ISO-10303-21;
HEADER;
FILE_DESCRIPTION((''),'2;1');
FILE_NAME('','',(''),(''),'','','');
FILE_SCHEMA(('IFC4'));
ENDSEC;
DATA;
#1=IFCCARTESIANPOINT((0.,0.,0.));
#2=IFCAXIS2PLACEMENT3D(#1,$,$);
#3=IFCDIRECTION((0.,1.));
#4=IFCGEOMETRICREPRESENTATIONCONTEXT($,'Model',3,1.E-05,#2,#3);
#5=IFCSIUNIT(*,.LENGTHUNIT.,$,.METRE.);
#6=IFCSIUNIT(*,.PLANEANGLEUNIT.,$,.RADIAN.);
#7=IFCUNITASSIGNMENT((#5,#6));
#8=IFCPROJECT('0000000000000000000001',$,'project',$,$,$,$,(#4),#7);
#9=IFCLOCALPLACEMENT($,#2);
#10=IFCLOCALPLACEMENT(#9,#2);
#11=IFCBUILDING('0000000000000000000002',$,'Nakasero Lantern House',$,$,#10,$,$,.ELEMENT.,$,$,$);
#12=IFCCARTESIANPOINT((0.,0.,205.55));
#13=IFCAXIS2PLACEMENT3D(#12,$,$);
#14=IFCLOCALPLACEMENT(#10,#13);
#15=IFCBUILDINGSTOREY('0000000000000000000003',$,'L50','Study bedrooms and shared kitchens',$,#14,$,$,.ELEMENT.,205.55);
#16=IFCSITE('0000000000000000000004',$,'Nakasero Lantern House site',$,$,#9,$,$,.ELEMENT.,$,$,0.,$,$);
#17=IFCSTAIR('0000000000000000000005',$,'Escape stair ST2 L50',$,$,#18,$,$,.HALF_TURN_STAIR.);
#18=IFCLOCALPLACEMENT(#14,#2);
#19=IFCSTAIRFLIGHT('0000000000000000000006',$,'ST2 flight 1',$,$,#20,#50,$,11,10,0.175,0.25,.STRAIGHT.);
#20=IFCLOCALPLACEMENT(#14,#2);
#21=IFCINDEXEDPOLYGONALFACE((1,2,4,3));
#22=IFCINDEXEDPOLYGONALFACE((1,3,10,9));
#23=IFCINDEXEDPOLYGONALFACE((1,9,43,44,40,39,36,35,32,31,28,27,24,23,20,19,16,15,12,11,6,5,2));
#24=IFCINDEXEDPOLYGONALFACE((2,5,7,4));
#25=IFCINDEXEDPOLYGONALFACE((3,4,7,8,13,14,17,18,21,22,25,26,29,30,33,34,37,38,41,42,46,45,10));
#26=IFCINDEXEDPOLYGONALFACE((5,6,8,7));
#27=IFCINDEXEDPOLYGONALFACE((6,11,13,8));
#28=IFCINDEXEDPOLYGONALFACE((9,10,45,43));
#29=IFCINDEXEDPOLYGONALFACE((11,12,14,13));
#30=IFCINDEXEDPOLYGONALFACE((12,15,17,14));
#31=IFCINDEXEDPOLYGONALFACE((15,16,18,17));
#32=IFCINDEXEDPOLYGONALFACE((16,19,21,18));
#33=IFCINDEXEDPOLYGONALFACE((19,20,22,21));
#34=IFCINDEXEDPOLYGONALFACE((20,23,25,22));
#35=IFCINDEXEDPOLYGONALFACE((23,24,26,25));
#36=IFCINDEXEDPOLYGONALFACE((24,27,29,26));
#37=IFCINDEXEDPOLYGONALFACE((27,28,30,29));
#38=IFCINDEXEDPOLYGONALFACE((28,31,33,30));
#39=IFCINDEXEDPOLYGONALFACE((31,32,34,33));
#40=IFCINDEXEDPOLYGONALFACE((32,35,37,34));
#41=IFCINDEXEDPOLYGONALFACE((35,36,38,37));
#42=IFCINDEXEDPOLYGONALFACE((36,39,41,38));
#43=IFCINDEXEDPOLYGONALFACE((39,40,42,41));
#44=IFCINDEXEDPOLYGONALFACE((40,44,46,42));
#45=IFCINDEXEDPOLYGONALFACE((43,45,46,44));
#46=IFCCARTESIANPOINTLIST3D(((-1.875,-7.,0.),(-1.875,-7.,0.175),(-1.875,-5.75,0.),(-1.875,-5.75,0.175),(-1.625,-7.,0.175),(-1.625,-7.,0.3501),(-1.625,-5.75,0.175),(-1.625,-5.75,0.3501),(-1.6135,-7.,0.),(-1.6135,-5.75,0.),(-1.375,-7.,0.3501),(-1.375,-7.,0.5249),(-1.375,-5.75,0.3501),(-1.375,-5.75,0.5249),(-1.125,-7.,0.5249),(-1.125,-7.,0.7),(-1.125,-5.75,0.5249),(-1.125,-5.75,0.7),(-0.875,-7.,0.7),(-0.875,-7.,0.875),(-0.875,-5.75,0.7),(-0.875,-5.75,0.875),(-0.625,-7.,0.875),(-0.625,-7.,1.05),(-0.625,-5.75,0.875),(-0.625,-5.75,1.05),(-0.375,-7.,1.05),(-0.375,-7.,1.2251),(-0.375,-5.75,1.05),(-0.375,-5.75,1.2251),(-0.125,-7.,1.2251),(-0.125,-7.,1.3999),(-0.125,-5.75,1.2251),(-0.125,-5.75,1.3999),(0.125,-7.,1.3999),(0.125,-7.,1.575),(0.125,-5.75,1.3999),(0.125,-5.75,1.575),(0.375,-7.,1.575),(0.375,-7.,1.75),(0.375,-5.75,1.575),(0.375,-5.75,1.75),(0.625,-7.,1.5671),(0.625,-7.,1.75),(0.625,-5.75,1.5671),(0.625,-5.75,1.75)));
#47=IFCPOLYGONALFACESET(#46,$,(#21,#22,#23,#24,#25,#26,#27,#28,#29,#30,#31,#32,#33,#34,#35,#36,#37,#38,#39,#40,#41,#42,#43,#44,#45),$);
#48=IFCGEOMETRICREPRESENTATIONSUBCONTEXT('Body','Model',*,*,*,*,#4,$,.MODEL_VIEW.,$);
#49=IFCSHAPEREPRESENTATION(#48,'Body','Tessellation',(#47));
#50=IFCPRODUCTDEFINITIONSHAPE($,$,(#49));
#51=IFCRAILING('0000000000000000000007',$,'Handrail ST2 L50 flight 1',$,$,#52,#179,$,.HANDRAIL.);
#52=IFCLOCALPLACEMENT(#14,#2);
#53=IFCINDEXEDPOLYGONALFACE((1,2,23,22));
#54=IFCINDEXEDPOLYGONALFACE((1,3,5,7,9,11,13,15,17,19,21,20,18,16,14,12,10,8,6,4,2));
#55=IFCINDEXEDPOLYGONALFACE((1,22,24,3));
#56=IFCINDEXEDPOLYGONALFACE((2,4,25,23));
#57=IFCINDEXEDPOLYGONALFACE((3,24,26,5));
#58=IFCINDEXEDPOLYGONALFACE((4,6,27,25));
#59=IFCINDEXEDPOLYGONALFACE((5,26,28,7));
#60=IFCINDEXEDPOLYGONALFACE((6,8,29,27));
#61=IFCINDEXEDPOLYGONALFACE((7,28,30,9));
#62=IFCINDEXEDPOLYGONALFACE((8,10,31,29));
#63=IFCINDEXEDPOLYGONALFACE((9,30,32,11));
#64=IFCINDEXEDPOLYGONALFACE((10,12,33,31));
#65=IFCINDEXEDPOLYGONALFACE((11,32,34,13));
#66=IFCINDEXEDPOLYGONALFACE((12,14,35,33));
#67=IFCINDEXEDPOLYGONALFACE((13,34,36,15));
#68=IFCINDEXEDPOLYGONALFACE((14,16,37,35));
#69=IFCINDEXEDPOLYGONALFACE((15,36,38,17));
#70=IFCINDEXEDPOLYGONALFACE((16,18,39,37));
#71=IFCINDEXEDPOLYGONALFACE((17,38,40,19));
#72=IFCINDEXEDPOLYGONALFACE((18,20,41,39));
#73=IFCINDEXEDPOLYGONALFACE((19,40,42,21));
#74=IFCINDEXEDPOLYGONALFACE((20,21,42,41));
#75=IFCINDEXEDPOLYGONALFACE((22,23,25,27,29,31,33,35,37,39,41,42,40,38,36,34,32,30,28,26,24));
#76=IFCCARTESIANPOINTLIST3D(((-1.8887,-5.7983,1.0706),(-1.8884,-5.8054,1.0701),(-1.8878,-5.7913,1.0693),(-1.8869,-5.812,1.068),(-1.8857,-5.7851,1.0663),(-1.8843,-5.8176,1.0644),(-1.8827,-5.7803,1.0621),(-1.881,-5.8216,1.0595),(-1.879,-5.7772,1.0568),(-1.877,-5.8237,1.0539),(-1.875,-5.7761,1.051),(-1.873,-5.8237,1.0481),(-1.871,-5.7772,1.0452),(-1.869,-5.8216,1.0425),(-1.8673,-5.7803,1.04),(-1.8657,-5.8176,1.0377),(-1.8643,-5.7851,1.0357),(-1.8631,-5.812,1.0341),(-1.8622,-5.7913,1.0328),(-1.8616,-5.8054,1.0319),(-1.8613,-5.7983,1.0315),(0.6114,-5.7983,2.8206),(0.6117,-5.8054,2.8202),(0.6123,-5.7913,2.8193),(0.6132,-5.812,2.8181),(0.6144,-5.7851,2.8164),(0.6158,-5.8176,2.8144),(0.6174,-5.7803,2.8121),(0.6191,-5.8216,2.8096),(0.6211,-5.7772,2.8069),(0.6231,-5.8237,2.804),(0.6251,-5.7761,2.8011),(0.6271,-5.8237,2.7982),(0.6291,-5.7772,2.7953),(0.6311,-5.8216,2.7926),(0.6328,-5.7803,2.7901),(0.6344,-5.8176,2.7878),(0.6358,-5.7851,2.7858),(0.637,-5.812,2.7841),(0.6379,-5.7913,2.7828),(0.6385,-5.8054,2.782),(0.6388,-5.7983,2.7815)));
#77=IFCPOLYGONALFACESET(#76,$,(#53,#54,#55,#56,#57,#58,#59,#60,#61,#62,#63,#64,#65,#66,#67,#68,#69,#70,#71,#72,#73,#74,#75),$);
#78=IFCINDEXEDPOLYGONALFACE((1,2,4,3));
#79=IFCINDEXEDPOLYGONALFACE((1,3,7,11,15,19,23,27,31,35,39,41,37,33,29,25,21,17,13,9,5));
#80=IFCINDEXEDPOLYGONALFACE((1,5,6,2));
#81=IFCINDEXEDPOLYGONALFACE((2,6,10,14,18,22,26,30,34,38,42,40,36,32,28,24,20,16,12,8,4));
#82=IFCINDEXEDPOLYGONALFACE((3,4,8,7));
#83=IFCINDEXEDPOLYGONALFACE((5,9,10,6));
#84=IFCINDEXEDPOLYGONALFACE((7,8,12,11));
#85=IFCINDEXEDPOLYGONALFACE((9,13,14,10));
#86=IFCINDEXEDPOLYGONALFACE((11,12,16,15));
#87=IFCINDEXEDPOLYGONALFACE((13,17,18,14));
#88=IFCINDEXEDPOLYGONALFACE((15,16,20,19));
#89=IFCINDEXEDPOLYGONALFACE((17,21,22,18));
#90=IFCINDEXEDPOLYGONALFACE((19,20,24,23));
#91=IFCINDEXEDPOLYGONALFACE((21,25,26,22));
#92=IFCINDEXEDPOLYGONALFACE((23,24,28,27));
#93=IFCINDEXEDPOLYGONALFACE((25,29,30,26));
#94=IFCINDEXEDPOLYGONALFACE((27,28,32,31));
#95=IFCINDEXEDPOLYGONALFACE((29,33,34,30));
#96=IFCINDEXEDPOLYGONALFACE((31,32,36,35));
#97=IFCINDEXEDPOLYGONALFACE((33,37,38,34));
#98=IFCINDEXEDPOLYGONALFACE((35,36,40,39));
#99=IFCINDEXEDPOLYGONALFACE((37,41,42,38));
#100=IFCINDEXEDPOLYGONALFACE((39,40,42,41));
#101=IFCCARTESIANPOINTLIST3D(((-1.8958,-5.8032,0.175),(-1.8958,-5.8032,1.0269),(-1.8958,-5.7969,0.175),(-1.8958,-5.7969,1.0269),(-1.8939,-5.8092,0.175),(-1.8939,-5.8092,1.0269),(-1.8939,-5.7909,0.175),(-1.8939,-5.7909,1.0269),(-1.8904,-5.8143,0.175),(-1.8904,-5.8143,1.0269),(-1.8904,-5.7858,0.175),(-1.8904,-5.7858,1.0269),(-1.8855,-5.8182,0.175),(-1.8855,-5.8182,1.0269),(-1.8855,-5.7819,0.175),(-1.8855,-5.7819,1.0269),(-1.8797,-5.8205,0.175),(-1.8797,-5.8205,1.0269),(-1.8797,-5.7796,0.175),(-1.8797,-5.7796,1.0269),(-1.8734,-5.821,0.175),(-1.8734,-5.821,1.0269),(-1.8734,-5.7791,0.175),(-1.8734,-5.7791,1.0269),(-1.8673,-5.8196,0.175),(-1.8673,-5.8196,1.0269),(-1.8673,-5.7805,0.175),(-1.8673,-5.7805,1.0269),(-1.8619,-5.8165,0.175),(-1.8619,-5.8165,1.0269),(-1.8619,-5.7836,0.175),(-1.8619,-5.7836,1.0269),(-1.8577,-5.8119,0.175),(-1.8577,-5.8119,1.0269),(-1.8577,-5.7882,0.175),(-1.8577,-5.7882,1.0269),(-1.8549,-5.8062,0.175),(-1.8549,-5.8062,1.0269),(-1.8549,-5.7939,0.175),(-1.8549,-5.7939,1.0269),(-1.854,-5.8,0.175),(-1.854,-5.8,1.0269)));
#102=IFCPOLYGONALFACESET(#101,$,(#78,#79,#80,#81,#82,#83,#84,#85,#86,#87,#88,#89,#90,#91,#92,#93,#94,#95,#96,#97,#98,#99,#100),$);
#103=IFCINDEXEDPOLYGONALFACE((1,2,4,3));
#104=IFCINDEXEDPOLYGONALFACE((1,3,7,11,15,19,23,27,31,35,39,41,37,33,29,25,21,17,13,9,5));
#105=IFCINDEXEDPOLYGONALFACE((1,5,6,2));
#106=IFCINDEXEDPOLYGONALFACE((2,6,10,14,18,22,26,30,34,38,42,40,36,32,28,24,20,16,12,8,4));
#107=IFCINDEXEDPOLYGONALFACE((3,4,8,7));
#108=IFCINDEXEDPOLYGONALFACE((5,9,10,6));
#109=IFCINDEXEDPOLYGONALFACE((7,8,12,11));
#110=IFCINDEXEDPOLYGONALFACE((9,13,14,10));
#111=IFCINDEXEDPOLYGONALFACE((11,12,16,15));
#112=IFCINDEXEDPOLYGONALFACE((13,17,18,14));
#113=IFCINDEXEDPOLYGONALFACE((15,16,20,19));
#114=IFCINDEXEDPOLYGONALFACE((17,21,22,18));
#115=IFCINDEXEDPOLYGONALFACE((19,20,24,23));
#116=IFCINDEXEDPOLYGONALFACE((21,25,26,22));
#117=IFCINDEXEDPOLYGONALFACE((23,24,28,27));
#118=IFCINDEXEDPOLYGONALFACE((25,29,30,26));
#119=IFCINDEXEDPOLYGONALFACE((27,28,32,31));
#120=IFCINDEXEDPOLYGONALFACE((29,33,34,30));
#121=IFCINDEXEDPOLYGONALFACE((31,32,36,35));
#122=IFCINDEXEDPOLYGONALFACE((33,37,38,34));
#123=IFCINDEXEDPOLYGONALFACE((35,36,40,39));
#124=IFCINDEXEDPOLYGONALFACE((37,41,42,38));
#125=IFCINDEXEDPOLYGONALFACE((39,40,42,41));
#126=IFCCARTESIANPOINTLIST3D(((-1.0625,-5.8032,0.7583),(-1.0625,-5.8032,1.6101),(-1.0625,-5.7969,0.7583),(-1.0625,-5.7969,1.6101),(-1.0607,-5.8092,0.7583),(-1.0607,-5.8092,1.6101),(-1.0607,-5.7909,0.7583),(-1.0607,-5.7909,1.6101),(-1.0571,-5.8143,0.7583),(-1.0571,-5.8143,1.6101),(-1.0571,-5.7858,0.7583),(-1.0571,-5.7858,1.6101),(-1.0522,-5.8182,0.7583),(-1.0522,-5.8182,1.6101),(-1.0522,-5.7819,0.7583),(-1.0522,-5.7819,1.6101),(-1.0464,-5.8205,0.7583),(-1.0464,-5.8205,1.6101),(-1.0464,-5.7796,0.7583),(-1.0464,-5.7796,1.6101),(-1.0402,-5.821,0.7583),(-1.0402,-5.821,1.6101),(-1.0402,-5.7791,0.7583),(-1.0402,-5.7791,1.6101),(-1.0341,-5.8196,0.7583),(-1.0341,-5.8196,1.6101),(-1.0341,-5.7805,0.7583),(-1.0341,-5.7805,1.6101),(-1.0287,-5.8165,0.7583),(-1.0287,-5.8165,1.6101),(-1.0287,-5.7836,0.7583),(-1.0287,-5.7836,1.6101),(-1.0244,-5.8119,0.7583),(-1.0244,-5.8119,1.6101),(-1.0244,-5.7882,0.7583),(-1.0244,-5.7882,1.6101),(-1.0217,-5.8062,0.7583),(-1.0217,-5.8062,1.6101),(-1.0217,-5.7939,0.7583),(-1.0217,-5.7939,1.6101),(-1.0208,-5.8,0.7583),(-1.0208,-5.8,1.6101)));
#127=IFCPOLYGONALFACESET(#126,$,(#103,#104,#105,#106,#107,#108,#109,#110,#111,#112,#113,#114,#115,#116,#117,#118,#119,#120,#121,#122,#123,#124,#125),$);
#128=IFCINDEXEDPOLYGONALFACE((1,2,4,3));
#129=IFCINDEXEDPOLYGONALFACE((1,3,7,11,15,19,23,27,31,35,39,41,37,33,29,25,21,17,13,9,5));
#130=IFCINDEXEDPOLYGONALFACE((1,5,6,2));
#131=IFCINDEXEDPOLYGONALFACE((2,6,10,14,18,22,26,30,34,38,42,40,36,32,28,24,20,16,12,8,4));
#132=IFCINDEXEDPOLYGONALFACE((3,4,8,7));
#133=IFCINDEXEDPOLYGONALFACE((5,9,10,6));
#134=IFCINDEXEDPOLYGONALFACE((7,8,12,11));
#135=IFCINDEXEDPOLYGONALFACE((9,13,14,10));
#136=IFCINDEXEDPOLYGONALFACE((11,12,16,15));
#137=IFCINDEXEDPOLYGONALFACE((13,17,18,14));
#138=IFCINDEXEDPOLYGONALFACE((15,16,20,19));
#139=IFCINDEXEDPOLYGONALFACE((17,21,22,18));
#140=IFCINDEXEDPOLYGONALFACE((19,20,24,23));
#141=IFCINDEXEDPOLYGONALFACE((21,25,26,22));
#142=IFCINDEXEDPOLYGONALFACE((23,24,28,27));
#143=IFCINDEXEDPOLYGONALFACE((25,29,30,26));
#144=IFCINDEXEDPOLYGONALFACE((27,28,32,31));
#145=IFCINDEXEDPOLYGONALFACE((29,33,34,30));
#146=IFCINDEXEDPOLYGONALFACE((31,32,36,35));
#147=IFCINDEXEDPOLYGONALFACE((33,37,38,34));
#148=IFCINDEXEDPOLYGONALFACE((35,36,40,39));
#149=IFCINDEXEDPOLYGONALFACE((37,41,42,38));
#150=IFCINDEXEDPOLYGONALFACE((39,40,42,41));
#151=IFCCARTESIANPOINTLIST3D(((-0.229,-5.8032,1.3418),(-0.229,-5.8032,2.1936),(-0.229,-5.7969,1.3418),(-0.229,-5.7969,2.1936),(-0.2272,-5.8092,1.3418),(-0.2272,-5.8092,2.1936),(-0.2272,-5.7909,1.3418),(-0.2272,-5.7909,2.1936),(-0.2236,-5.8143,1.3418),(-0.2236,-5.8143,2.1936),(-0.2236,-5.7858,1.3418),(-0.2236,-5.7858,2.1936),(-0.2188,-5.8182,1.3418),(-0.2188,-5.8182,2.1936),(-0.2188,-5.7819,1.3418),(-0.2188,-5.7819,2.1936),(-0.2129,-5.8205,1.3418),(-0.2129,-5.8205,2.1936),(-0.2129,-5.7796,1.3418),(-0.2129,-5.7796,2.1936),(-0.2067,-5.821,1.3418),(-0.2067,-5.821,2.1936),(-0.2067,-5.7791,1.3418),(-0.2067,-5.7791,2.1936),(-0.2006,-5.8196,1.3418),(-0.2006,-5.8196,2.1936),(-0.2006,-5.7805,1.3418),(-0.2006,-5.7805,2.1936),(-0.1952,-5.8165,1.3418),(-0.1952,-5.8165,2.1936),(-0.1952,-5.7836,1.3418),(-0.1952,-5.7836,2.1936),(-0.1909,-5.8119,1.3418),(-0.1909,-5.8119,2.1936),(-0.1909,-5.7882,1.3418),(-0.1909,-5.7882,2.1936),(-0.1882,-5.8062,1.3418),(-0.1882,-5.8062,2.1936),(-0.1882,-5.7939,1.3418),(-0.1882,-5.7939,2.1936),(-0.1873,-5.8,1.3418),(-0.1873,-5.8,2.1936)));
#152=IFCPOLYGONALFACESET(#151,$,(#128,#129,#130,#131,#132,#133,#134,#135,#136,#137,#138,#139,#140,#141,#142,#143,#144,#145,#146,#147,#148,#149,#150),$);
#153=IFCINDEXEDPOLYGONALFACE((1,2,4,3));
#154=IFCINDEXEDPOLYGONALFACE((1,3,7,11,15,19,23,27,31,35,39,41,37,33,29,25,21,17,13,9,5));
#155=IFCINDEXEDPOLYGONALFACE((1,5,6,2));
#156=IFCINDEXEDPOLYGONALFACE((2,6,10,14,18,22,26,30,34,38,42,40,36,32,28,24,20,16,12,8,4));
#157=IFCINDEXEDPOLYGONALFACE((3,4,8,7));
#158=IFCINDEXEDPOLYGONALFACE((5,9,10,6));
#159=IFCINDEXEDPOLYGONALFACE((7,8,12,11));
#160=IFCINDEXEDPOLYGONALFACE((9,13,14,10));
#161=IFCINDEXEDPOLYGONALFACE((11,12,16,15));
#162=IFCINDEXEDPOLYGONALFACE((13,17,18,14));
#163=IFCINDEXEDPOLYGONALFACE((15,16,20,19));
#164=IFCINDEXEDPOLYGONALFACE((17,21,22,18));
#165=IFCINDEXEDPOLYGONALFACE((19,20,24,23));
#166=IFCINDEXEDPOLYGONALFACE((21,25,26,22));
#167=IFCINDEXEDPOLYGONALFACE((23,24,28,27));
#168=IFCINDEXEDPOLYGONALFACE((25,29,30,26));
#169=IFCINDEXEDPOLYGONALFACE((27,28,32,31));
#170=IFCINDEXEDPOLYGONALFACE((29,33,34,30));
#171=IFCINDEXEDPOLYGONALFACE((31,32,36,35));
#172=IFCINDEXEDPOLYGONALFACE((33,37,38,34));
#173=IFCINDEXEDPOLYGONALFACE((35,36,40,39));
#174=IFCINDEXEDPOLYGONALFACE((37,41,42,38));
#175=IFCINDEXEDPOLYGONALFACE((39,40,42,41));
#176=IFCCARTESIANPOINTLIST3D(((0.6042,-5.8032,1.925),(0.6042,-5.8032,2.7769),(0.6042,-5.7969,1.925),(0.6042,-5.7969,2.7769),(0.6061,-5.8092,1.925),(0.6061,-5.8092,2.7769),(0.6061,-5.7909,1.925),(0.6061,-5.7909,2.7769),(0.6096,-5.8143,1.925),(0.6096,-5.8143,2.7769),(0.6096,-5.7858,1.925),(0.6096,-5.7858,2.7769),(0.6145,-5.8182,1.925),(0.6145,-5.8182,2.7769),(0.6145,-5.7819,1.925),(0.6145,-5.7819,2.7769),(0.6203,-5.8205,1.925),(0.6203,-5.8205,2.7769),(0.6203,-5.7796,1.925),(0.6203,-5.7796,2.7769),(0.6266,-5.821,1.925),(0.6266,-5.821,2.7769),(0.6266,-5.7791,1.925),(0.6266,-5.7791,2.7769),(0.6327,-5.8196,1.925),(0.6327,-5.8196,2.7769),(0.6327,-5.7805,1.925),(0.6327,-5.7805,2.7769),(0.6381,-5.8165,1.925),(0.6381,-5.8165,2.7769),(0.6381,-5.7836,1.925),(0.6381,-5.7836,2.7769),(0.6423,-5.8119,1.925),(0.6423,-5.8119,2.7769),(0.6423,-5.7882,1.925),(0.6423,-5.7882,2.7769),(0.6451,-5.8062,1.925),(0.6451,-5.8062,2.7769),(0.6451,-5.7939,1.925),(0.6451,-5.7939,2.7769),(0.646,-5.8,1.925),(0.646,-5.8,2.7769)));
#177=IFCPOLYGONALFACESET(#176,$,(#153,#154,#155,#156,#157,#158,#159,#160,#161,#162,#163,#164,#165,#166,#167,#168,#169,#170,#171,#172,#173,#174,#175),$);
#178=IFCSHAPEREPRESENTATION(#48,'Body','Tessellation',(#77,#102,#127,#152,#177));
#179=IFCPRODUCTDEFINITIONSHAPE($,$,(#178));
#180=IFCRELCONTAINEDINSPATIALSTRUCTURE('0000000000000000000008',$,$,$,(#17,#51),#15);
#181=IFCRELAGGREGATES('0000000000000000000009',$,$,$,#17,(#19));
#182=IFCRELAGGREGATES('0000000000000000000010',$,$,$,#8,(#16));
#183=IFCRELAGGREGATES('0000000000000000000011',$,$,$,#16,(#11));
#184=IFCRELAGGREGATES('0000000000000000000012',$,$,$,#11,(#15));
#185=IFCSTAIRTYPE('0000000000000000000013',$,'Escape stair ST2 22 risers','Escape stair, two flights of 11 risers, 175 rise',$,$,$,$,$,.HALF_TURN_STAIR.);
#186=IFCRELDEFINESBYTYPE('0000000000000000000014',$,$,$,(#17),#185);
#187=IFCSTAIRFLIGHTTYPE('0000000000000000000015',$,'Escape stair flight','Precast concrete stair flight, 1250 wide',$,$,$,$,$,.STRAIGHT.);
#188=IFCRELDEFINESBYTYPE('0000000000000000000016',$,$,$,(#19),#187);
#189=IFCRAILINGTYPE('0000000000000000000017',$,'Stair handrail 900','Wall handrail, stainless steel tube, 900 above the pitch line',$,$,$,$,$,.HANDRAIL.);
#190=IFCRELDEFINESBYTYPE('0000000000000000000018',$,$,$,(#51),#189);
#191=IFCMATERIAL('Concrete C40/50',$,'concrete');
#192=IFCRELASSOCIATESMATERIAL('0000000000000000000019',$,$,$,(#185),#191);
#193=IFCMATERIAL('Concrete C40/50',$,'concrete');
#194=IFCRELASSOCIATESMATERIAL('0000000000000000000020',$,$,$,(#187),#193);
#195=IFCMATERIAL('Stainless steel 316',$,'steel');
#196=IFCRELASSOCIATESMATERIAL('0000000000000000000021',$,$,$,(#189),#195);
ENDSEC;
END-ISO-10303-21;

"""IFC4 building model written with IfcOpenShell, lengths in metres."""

from ifc_helpers import new_model, si_unit, direction, frame, origin, origin_2d, place, context, subcontext, project, spatial, polyline, circle, outline, extrude, material, type_object, element, aggregate, save


model = new_model("IFC4")

# Units and contexts
model_context = context("Model", 3, precision=1e-05, world=origin(), true_north=direction((0.0, 1.0)))
body_context = subcontext(model_context, "Body", "Model", "MODEL_VIEW")
ifc_project = project(units=[si_unit("LENGTHUNIT", "METRE"), si_unit("PLANEANGLEUNIT", "RADIAN")], contexts=[model_context])

# Site, building, storey
site_placement = place(None, origin())
site = spatial("IfcSite", under=ifc_project, at=site_placement, Name="Nakasero Lantern House site", CompositionType="ELEMENT", RefElevation=0.0)
building_placement = place(site_placement, origin())
building = spatial("IfcBuilding", under=site, at=building_placement, Name="Nakasero Lantern House", CompositionType="ELEMENT")
storey_placement = place(building_placement, frame((0.0, 0.0, 205.55)))
storey = spatial("IfcBuildingStorey", under=building, at=storey_placement, Name="L50", Description="Study bedrooms and shared kitchens", CompositionType="ELEMENT", Elevation=205.55)

# Stair, stair flight
ifc_material_1 = material(Name="Concrete C40/50", Category="concrete")
stair_type = type_object("IfcStairType", Name="Escape stair ST2 22 risers", Description="Escape stair, two flights of 11 risers, 175 rise", PredefinedType="HALF_TURN_STAIR", material=ifc_material_1)
stair_placement = place(storey_placement, origin())
stair = element("IfcStair", 1, at=stair_placement, inside=storey, type_object=stair_type, Name="Escape stair ST2 L50", PredefinedType="HALF_TURN_STAIR")
ifc_material_2 = material(Name="Concrete C40/50", Category="concrete")
stair_flight_type = type_object("IfcStairFlightType", Name="Escape stair flight", Description="Precast concrete stair flight, 1250 wide", PredefinedType="STRAIGHT", material=ifc_material_2)
stair_flight_placement = place(storey_placement, frame((-1.875, -6.375, 0.0), z_axis=(0.0, 0.0, 1.0), x_axis=(1.0, 0.0, 0.0)))
stair_flight = element("IfcStairFlight", 2, at=stair_flight_placement, type_object=stair_flight_type, Name="ST2 flight 1", NumberOfRisers=11, NumberOfTreads=10, PredefinedType="STRAIGHT", RiserHeight=0.175, TreadLength=0.25, context=body_context, shape_type="SweptSolid", body=[
    extrude(outline(polyline([(0.0, 0.0), (0.0, 0.175), (0.25, 0.175), (0.25, 0.3501), (0.5, 0.3501), (0.5, 0.5249), (0.75, 0.5249), (0.75, 0.7), (1.0, 0.7), (1.0, 0.875), (1.25, 0.875), (1.25, 1.05), (1.5, 1.05), (1.5, 1.2251), (1.75, 1.2251), (1.75, 1.3999), (2.0, 1.3999), (2.0, 1.575), (2.25, 1.575), (2.25, 1.75), (2.5, 1.75), (2.5, 1.925), (2.5, 1.5671), (0.2615, 0.0), (0.0, 0.0)])), frame((0.0, 0.625, 0.0), z_axis=(0.0, -1.0, 0.0), x_axis=(1.0, 0.0, 0.0)), (0.0, 0.0, 1.0), 1.25),
])
aggregate(stair, [stair_flight])

# Railing
ifc_material_3 = material(Name="Stainless steel 316", Category="steel")
railing_type = type_object("IfcRailingType", Name="Stair handrail 900", Description="Wall handrail, stainless steel tube, 900 above the pitch line", PredefinedType="HANDRAIL", material=ifc_material_3)
railing_placement = place(storey_placement, frame((-1.875, -5.8, 0.175)))
element("IfcRailing", 3, at=railing_placement, inside=storey, type_object=railing_type, Name="Handrail ST2 L50 flight 1", PredefinedType="HANDRAIL", context=body_context, shape_type="SweptSolid", body=[
    extrude(circle(Radius=0.0239, at=origin_2d()), frame((0.0, 0.0, 0.876), z_axis=(0.819232, 0.0, 0.573462), x_axis=(0.0, 1.0, 0.0)), (0.0, 0.0, 1.0), 3.0518),
    extrude(circle(Radius=0.021, at=origin_2d()), origin(), (0.0, 0.0, 1.0), 0.8518),
    extrude(circle(Radius=0.021, at=origin_2d()), frame((0.8333, 0.0, 0.5833)), (0.0, 0.0, 1.0), 0.8518),
    extrude(circle(Radius=0.021, at=origin_2d()), frame((1.6667, 0.0, 1.1667)), (0.0, 0.0, 1.0), 0.8518),
    extrude(circle(Radius=0.021, at=origin_2d()), frame((2.5, 0.0, 1.75)), (0.0, 0.0, 1.0), 0.8518),
])

save(model, "model.ifc")
